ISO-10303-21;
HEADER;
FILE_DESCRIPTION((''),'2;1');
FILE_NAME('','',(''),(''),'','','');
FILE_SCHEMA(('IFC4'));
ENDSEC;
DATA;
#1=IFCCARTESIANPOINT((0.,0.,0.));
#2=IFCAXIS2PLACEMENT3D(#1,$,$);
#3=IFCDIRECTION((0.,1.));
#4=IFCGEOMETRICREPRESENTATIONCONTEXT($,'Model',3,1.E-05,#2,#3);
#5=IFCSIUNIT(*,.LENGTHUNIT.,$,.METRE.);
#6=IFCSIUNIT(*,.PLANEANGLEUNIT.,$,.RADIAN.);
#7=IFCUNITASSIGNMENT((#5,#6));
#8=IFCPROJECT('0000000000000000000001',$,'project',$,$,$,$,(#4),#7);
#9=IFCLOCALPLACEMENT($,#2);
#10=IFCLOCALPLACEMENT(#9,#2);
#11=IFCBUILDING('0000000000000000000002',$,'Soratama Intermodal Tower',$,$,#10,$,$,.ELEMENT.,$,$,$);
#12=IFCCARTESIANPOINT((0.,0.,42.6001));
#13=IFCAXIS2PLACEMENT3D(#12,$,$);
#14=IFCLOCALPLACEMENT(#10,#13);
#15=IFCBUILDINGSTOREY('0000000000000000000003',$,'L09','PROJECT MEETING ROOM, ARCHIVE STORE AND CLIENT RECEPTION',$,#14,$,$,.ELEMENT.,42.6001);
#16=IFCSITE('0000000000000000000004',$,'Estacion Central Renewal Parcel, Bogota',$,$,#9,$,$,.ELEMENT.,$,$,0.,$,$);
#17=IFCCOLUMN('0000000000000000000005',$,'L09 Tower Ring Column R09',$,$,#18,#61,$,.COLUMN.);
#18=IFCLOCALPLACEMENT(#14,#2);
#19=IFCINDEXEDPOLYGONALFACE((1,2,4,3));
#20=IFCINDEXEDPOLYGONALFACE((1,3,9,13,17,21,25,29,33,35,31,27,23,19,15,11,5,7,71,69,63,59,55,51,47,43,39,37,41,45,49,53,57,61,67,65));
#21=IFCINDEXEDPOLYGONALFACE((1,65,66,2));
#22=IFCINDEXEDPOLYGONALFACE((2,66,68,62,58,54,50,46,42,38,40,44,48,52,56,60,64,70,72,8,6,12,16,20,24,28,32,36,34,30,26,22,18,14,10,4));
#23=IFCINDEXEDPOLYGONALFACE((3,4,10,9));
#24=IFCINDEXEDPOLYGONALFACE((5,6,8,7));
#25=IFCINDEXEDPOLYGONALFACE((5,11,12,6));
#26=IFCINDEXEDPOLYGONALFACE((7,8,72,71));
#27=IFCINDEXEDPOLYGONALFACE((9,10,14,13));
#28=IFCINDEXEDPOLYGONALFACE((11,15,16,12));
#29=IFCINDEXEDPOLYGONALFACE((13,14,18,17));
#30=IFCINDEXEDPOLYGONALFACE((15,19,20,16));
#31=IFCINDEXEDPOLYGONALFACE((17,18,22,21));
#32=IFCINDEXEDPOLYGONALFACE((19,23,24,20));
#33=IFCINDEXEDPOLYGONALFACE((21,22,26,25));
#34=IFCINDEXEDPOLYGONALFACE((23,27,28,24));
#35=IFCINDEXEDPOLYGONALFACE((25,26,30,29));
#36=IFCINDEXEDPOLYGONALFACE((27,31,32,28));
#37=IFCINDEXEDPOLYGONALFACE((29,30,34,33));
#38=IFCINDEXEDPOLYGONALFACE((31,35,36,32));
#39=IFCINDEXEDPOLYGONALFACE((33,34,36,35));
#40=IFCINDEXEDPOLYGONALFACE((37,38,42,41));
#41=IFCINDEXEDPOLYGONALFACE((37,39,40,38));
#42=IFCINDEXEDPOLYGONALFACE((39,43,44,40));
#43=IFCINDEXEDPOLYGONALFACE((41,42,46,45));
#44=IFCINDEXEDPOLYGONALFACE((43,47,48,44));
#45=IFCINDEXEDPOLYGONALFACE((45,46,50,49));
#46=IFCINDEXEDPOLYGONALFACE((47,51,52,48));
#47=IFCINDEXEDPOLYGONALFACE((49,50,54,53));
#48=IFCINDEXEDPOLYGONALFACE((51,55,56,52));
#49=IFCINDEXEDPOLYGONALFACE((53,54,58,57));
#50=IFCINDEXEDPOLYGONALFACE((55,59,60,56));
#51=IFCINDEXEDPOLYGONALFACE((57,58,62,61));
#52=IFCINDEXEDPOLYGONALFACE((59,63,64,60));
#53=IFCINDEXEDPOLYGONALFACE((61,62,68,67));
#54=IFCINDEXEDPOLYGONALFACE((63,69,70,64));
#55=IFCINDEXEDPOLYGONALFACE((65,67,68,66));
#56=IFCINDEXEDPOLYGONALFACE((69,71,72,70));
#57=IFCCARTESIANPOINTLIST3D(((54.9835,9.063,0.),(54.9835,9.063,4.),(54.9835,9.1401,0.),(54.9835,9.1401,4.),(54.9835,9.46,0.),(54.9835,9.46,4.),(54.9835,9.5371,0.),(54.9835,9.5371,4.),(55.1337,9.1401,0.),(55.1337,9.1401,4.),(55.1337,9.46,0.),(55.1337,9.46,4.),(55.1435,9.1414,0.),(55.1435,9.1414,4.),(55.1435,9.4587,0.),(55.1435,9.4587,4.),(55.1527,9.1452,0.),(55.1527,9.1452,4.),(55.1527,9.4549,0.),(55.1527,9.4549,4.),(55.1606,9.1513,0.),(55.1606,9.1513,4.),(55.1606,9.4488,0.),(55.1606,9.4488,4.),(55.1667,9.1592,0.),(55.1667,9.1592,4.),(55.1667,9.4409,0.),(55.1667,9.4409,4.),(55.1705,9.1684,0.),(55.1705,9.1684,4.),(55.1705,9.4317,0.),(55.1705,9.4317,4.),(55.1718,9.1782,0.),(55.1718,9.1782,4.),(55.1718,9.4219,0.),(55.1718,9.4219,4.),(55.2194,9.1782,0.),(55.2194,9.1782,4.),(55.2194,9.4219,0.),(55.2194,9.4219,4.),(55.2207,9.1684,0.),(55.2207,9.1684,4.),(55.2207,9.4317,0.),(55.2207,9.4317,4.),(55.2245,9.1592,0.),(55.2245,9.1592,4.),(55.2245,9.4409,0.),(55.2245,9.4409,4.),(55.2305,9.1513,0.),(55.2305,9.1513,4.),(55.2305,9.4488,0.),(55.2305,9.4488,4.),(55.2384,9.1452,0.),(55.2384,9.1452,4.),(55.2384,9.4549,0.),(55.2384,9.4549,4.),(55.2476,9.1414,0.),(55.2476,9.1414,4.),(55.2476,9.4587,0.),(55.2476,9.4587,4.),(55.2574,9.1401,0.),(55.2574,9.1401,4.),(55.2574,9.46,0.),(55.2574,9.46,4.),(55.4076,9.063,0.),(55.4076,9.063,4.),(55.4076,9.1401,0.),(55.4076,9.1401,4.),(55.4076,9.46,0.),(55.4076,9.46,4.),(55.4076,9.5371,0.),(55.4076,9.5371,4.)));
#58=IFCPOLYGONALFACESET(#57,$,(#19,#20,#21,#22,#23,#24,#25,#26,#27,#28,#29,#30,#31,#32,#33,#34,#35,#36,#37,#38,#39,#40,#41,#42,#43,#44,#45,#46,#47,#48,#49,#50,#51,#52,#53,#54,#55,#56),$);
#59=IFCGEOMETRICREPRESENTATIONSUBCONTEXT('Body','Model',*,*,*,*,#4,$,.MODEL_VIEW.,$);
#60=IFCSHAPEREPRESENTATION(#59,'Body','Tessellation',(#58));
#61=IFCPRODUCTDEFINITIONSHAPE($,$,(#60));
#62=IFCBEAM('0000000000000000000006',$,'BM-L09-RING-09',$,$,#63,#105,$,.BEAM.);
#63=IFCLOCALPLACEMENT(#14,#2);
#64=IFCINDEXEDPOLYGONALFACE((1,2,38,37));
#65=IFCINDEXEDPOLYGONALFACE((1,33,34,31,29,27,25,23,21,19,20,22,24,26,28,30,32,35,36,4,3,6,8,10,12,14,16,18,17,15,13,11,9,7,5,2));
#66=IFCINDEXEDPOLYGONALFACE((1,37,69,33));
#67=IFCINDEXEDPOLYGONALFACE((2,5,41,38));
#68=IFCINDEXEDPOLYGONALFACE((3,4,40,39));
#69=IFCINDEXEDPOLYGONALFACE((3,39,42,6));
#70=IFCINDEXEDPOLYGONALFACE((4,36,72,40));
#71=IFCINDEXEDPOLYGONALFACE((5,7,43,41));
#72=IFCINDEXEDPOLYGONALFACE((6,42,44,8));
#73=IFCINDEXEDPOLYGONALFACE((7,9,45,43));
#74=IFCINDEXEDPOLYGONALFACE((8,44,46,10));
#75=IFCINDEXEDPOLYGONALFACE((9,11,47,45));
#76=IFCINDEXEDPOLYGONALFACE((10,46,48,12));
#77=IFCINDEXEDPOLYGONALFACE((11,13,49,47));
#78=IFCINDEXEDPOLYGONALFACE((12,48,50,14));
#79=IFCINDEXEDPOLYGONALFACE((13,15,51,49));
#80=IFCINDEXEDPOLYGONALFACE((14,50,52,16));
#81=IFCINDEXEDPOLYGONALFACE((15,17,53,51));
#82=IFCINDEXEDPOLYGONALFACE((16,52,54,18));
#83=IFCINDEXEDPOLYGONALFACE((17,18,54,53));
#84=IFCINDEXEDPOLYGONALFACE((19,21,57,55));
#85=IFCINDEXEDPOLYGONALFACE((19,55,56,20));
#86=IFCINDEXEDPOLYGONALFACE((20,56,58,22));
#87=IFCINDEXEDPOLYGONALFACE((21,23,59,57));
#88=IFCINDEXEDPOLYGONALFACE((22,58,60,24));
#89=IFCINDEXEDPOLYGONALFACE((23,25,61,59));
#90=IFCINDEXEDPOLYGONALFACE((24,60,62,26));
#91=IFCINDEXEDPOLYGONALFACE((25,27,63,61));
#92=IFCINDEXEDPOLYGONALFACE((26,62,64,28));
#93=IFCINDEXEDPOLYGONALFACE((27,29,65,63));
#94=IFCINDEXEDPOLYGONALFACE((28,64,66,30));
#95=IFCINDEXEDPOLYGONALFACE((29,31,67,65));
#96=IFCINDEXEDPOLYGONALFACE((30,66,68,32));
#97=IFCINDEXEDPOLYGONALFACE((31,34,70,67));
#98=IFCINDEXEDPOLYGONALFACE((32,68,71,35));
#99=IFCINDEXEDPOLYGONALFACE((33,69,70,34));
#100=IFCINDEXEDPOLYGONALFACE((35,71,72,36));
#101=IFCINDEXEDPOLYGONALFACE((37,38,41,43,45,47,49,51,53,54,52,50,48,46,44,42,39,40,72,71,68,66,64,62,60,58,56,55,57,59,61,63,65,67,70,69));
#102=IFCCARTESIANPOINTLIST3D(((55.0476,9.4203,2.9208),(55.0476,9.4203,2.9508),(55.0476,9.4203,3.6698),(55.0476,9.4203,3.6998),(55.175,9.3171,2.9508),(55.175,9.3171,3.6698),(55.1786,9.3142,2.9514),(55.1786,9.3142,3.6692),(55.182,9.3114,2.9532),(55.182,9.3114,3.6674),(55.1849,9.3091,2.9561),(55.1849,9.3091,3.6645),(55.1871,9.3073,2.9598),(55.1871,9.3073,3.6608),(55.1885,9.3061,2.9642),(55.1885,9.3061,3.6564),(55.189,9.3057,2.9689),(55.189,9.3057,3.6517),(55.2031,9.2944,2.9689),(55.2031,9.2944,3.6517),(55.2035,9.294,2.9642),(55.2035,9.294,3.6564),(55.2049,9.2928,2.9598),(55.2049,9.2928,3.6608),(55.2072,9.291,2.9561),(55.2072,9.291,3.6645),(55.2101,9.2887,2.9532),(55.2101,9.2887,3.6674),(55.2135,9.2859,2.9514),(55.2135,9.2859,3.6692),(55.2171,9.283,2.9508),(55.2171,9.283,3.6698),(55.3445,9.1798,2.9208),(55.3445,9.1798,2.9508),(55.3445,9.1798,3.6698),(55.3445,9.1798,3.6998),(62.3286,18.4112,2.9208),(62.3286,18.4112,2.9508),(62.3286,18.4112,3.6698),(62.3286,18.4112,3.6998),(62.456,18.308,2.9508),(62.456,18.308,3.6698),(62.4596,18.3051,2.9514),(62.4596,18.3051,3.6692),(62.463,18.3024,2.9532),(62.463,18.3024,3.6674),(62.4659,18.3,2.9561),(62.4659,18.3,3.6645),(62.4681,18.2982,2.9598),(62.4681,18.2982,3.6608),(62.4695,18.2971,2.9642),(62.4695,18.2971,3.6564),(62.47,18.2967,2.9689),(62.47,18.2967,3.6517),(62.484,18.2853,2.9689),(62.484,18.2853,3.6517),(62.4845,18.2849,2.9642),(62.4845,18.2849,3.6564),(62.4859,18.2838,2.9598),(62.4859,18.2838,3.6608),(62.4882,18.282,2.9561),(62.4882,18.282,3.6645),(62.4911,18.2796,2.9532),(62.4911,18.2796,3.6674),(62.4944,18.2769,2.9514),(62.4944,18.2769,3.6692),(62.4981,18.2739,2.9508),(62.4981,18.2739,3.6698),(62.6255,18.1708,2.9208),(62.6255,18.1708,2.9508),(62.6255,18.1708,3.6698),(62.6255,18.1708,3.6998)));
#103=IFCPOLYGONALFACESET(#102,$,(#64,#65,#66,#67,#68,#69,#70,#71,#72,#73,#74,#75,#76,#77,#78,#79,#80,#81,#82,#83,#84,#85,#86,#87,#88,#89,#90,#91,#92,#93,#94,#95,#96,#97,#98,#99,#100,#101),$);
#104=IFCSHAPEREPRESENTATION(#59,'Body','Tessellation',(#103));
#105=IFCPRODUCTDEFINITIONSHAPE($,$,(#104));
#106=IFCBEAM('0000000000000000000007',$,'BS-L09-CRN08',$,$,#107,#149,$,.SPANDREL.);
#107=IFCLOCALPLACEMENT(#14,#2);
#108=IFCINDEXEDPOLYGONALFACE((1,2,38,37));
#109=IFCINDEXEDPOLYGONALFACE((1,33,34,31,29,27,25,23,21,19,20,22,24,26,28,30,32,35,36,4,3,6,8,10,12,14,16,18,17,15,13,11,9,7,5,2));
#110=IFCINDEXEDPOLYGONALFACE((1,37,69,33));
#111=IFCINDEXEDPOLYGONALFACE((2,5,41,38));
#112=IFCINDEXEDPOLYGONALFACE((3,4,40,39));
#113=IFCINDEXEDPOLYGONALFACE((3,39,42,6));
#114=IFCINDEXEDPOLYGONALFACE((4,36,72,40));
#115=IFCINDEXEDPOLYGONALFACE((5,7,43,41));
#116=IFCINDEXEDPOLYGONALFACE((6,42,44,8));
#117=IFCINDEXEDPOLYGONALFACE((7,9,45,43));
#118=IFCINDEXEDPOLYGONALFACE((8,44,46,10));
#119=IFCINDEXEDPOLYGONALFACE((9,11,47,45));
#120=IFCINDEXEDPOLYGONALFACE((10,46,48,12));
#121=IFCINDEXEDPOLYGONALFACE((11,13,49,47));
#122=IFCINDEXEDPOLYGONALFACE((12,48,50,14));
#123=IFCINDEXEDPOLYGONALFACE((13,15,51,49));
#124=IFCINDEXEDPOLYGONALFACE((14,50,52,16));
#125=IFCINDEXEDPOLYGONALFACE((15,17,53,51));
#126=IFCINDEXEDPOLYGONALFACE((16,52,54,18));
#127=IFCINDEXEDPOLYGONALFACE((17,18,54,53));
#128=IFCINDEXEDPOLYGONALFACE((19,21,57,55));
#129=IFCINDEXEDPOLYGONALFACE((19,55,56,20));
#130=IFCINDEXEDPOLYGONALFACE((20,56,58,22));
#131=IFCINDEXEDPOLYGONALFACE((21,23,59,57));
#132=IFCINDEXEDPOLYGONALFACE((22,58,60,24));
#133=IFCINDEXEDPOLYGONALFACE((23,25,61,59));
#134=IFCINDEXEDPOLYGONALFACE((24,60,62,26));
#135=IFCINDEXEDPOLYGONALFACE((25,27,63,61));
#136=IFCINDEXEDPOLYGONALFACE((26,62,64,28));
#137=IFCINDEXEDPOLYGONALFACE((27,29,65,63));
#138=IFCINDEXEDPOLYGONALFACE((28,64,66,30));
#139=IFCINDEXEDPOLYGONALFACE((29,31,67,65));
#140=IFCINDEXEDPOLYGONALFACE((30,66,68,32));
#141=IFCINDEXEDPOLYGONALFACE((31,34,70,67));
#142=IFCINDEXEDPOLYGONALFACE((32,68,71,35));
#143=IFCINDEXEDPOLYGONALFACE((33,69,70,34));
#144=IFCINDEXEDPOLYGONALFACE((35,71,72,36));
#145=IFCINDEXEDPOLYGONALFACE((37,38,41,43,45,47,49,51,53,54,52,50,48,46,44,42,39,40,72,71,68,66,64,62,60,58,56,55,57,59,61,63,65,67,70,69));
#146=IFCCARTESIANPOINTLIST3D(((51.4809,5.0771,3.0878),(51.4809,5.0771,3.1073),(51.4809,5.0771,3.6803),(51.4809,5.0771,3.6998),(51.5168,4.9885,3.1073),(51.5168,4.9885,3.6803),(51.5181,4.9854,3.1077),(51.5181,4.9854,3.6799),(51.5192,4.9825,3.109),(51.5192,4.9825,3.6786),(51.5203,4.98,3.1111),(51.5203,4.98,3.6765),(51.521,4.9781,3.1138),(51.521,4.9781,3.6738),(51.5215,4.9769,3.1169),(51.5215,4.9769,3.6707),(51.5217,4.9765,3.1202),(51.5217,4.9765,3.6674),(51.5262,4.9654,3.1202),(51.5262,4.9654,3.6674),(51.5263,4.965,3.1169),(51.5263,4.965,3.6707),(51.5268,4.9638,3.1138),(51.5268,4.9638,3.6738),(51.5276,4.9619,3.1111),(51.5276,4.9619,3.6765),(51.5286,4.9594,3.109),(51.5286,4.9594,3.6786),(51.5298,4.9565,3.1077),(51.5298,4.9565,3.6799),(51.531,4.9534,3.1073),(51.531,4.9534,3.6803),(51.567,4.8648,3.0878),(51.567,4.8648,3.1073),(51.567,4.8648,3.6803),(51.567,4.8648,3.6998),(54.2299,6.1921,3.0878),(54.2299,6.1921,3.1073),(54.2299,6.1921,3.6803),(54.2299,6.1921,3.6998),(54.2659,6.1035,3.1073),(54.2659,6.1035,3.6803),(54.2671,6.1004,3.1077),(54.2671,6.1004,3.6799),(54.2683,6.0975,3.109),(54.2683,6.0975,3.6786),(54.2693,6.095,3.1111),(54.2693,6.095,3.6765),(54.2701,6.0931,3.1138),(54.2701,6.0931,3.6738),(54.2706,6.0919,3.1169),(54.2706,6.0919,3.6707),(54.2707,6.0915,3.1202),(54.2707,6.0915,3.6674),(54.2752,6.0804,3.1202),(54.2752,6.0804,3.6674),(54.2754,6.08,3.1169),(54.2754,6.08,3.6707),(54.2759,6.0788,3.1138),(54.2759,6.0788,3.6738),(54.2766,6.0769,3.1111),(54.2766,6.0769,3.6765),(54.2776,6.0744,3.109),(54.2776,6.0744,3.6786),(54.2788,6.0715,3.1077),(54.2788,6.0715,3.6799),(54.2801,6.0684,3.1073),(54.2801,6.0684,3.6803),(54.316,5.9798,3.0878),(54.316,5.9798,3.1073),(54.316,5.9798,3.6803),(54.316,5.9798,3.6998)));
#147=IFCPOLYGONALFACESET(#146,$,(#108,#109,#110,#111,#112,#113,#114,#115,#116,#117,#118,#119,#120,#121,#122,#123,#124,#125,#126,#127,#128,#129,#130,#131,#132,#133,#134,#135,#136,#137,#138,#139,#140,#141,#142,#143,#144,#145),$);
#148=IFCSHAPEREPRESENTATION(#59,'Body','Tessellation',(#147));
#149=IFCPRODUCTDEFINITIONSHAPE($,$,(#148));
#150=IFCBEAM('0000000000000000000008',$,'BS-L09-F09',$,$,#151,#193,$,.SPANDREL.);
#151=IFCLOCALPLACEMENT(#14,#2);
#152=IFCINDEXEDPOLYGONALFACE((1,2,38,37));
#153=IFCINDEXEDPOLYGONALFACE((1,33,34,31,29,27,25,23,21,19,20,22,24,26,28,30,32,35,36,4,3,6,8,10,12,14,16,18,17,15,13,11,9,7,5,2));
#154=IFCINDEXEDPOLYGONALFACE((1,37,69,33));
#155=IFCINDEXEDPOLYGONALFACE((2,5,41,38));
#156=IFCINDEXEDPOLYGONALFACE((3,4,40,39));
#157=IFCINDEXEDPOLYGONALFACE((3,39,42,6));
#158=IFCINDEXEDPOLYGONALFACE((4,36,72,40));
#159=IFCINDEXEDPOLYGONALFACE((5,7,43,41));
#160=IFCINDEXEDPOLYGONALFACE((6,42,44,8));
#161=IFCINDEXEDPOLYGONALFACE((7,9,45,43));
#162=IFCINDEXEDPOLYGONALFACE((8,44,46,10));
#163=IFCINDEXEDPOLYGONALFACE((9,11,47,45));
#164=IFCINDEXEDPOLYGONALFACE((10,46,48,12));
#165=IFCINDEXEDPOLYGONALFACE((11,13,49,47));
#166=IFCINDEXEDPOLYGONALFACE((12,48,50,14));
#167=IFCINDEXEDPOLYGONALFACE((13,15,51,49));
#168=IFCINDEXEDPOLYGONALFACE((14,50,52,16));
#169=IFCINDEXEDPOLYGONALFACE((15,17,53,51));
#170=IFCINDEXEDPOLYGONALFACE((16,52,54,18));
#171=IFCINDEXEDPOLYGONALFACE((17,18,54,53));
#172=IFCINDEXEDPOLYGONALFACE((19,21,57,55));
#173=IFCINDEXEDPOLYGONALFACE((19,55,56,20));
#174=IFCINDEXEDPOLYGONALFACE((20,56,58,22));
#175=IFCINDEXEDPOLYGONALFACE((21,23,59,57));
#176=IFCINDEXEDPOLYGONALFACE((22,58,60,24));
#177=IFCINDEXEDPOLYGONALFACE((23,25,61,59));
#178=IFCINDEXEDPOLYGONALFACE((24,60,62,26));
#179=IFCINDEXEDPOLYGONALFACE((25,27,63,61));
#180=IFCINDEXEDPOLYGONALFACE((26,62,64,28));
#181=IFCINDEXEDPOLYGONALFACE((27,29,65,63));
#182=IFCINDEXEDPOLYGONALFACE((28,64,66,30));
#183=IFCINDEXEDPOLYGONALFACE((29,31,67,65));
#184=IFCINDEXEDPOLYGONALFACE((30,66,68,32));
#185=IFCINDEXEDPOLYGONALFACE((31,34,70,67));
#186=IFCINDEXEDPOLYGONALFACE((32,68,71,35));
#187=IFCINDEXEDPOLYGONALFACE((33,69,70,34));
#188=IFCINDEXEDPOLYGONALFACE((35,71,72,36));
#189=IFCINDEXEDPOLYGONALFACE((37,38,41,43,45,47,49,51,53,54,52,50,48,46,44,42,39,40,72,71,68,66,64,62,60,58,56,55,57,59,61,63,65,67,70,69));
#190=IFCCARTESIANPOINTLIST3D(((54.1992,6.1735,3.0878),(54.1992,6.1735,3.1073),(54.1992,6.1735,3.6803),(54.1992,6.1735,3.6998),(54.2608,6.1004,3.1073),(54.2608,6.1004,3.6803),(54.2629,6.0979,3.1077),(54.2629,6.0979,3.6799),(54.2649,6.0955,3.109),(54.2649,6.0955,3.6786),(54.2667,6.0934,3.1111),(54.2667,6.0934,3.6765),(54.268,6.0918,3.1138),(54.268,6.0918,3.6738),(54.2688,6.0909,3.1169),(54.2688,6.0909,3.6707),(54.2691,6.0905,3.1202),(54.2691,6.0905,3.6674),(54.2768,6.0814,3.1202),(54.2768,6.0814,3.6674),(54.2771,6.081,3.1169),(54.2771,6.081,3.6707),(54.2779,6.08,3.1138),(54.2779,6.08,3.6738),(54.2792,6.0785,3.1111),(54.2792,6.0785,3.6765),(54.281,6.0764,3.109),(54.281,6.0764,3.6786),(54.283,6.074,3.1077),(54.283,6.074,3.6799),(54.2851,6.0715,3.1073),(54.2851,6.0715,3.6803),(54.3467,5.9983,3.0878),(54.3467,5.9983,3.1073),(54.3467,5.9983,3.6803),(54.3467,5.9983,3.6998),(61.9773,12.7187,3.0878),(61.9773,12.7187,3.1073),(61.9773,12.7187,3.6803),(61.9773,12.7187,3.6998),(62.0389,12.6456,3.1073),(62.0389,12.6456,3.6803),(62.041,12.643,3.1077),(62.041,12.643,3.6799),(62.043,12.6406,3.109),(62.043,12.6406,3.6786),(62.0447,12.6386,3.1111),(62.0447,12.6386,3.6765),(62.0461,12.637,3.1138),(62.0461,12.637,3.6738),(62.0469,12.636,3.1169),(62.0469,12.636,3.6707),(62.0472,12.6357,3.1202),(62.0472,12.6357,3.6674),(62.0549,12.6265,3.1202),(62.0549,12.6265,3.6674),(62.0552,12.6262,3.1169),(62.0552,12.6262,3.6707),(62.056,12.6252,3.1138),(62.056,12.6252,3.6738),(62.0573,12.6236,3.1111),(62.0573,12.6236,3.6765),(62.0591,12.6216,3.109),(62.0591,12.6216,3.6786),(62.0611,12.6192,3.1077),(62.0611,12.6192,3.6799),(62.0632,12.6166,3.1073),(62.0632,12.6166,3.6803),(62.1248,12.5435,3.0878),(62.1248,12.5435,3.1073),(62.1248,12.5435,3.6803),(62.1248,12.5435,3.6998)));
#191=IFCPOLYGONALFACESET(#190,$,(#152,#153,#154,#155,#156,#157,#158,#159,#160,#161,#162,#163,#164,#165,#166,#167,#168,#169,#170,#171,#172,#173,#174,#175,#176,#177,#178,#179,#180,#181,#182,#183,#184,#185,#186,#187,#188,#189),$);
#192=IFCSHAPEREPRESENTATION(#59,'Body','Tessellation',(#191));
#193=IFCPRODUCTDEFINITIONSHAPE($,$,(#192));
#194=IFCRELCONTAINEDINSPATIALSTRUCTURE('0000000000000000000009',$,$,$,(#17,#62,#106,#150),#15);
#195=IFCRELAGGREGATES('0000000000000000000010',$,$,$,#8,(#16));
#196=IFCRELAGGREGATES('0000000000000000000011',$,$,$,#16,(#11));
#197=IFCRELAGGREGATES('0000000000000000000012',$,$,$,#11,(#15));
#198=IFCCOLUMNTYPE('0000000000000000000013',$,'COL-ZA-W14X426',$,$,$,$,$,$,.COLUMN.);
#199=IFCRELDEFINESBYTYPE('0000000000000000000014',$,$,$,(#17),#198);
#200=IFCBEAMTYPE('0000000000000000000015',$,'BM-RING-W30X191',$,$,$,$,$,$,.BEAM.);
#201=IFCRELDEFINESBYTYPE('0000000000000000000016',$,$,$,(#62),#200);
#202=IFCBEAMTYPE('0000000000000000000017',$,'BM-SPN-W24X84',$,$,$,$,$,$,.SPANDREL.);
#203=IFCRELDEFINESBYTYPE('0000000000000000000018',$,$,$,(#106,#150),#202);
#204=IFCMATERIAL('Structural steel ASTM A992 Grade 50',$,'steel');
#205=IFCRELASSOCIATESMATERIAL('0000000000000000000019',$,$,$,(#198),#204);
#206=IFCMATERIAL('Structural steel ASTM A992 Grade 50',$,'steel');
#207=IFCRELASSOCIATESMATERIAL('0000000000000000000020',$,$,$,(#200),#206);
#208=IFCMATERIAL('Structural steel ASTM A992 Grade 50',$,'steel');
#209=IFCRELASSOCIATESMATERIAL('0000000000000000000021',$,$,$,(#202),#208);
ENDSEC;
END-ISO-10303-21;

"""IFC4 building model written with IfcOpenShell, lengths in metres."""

from ifc_helpers import new_model, si_unit, direction, frame, origin, origin_2d, place, context, subcontext, project, spatial, i_section, extrude, material, material_profile, profile_set, type_object, element, save


model = new_model("IFC4")

# Units and contexts
model_context = context("Model", 3, precision=1e-05, world=origin(), true_north=direction((0.0, 1.0)))
body_context = subcontext(model_context, "Body", "Model", "MODEL_VIEW")
ifc_project = project(units=[si_unit("LENGTHUNIT", "METRE"), si_unit("PLANEANGLEUNIT", "RADIAN")], contexts=[model_context])

# Site, building, storey
site_placement = place(None, origin())
site = spatial("IfcSite", under=ifc_project, at=site_placement, Name="Estacion Central Renewal Parcel, Bogota", CompositionType="ELEMENT", RefElevation=0.0)
building_placement = place(site_placement, origin())
building = spatial("IfcBuilding", under=site, at=building_placement, Name="Soratama Intermodal Tower", CompositionType="ELEMENT")
storey_placement = place(building_placement, frame((0.0, 0.0, 42.6001)))
storey = spatial("IfcBuildingStorey", under=building, at=storey_placement, Name="L09", Description="PROJECT MEETING ROOM, ARCHIVE STORE AND CLIENT RECEPTION", CompositionType="ELEMENT", Elevation=42.6001)

# Column
ifc_material_1 = material(Name="Structural steel ASTM A992 Grade 50", Category="steel")
ifc_material_profile_1 = material_profile(ifc_material_1, i_section(OverallWidth=0.4241, OverallDepth=0.4741, WebThickness=0.0476, FlangeThickness=0.0771, FilletRadius=0.0381, at=origin_2d()), Name="W14X426")
ifc_profile_set_1 = profile_set([ifc_material_profile_1], Name="Structural steel ASTM A992 Grade 50")
column_type = type_object("IfcColumnType", Name="COL-ZA-W14X426", PredefinedType="COLUMN", material=ifc_profile_set_1)
column_placement = place(storey_placement, frame((55.1956, 9.3, 0.0), z_axis=(0.0, 0.0, 1.0), x_axis=(1.0, 0.0, 0.0)))
element("IfcColumn", 1, at=column_placement, inside=storey, type_object=column_type, Name="L09 Tower Ring Column R09", PredefinedType="COLUMN", context=body_context, shape_type="SweptSolid", body=[
    extrude(i_section(OverallWidth=0.4241, OverallDepth=0.4741, WebThickness=0.0476, FlangeThickness=0.0771, FilletRadius=0.0381, at=origin_2d()), origin(), (0.0, 0.0, 1.0), 4.0),
])

# Beams
ifc_material_2 = material(Name="Structural steel ASTM A992 Grade 50", Category="steel")
ifc_material_profile_2 = material_profile(ifc_material_2, i_section(OverallWidth=0.3821, OverallDepth=0.7791, WebThickness=0.0181, FlangeThickness=0.03, FilletRadius=0.0181, at=origin_2d()), Name="W30X191")
ifc_profile_set_2 = profile_set([ifc_material_profile_2], Name="Structural steel ASTM A992 Grade 50")
beam_type_1 = type_object("IfcBeamType", Name="BM-RING-W30X191", PredefinedType="BEAM", material=ifc_profile_set_2)
beam_1_placement = place(storey_placement, frame((55.196, 9.3, 3.3103), z_axis=(0.629334, 0.777135, 0.0), x_axis=(-0.777135, 0.629334, 0.0)))
element("IfcBeam", 2, at=beam_1_placement, inside=storey, type_object=beam_type_1, Name="BM-L09-RING-09", PredefinedType="BEAM", context=body_context, shape_type="SweptSolid", body=[
    extrude(i_section(OverallWidth=0.3821, OverallDepth=0.7791, WebThickness=0.0181, FlangeThickness=0.03, FilletRadius=0.0181, at=origin_2d()), origin(), (0.0, 0.0, 1.0), 11.5693),
])
ifc_material_3 = material(Name="Structural steel ASTM A992 Grade 50", Category="steel")
ifc_material_profile_3 = material_profile(ifc_material_3, i_section(OverallWidth=0.229, OverallDepth=0.6121, WebThickness=0.012, FlangeThickness=0.0195, FilletRadius=0.0129, at=origin_2d()), Name="W24X84")
ifc_profile_set_3 = profile_set([ifc_material_profile_3], Name="Structural steel ASTM A992 Grade 50")
beam_type_2 = type_object("IfcBeamType", Name="BM-SPN-W24X84", PredefinedType="SPANDREL", material=ifc_profile_set_3)
beam_2_placement = place(storey_placement, frame((51.5239, 4.9709, 3.3938), z_axis=(0.926678, 0.375856, 0.0), x_axis=(-0.375856, 0.926678, 0.0)))
element("IfcBeam", 3, at=beam_2_placement, inside=storey, type_object=beam_type_2, Name="BS-L09-CRN08", PredefinedType="SPANDREL", context=body_context, shape_type="SweptSolid", body=[
    extrude(i_section(OverallWidth=0.229, OverallDepth=0.6121, WebThickness=0.012, FlangeThickness=0.0195, FilletRadius=0.0129, at=origin_2d()), origin(), (0.0, 0.0, 1.0), 2.9666),
])
beam_3_placement = place(storey_placement, frame((54.2729, 6.0859, 3.3938), z_axis=(0.765143, 0.64386, 0.0), x_axis=(-0.64386, 0.765143, 0.0)))
element("IfcBeam", 4, at=beam_3_placement, inside=storey, type_object=beam_type_2, Name="BS-L09-F09", PredefinedType="SPANDREL", context=body_context, shape_type="SweptSolid", body=[
    extrude(i_section(OverallWidth=0.229, OverallDepth=0.6121, WebThickness=0.012, FlangeThickness=0.0195, FilletRadius=0.0129, at=origin_2d()), origin(), (0.0, 0.0, 1.0), 10.1655),
])

save(model, "model.ifc")
